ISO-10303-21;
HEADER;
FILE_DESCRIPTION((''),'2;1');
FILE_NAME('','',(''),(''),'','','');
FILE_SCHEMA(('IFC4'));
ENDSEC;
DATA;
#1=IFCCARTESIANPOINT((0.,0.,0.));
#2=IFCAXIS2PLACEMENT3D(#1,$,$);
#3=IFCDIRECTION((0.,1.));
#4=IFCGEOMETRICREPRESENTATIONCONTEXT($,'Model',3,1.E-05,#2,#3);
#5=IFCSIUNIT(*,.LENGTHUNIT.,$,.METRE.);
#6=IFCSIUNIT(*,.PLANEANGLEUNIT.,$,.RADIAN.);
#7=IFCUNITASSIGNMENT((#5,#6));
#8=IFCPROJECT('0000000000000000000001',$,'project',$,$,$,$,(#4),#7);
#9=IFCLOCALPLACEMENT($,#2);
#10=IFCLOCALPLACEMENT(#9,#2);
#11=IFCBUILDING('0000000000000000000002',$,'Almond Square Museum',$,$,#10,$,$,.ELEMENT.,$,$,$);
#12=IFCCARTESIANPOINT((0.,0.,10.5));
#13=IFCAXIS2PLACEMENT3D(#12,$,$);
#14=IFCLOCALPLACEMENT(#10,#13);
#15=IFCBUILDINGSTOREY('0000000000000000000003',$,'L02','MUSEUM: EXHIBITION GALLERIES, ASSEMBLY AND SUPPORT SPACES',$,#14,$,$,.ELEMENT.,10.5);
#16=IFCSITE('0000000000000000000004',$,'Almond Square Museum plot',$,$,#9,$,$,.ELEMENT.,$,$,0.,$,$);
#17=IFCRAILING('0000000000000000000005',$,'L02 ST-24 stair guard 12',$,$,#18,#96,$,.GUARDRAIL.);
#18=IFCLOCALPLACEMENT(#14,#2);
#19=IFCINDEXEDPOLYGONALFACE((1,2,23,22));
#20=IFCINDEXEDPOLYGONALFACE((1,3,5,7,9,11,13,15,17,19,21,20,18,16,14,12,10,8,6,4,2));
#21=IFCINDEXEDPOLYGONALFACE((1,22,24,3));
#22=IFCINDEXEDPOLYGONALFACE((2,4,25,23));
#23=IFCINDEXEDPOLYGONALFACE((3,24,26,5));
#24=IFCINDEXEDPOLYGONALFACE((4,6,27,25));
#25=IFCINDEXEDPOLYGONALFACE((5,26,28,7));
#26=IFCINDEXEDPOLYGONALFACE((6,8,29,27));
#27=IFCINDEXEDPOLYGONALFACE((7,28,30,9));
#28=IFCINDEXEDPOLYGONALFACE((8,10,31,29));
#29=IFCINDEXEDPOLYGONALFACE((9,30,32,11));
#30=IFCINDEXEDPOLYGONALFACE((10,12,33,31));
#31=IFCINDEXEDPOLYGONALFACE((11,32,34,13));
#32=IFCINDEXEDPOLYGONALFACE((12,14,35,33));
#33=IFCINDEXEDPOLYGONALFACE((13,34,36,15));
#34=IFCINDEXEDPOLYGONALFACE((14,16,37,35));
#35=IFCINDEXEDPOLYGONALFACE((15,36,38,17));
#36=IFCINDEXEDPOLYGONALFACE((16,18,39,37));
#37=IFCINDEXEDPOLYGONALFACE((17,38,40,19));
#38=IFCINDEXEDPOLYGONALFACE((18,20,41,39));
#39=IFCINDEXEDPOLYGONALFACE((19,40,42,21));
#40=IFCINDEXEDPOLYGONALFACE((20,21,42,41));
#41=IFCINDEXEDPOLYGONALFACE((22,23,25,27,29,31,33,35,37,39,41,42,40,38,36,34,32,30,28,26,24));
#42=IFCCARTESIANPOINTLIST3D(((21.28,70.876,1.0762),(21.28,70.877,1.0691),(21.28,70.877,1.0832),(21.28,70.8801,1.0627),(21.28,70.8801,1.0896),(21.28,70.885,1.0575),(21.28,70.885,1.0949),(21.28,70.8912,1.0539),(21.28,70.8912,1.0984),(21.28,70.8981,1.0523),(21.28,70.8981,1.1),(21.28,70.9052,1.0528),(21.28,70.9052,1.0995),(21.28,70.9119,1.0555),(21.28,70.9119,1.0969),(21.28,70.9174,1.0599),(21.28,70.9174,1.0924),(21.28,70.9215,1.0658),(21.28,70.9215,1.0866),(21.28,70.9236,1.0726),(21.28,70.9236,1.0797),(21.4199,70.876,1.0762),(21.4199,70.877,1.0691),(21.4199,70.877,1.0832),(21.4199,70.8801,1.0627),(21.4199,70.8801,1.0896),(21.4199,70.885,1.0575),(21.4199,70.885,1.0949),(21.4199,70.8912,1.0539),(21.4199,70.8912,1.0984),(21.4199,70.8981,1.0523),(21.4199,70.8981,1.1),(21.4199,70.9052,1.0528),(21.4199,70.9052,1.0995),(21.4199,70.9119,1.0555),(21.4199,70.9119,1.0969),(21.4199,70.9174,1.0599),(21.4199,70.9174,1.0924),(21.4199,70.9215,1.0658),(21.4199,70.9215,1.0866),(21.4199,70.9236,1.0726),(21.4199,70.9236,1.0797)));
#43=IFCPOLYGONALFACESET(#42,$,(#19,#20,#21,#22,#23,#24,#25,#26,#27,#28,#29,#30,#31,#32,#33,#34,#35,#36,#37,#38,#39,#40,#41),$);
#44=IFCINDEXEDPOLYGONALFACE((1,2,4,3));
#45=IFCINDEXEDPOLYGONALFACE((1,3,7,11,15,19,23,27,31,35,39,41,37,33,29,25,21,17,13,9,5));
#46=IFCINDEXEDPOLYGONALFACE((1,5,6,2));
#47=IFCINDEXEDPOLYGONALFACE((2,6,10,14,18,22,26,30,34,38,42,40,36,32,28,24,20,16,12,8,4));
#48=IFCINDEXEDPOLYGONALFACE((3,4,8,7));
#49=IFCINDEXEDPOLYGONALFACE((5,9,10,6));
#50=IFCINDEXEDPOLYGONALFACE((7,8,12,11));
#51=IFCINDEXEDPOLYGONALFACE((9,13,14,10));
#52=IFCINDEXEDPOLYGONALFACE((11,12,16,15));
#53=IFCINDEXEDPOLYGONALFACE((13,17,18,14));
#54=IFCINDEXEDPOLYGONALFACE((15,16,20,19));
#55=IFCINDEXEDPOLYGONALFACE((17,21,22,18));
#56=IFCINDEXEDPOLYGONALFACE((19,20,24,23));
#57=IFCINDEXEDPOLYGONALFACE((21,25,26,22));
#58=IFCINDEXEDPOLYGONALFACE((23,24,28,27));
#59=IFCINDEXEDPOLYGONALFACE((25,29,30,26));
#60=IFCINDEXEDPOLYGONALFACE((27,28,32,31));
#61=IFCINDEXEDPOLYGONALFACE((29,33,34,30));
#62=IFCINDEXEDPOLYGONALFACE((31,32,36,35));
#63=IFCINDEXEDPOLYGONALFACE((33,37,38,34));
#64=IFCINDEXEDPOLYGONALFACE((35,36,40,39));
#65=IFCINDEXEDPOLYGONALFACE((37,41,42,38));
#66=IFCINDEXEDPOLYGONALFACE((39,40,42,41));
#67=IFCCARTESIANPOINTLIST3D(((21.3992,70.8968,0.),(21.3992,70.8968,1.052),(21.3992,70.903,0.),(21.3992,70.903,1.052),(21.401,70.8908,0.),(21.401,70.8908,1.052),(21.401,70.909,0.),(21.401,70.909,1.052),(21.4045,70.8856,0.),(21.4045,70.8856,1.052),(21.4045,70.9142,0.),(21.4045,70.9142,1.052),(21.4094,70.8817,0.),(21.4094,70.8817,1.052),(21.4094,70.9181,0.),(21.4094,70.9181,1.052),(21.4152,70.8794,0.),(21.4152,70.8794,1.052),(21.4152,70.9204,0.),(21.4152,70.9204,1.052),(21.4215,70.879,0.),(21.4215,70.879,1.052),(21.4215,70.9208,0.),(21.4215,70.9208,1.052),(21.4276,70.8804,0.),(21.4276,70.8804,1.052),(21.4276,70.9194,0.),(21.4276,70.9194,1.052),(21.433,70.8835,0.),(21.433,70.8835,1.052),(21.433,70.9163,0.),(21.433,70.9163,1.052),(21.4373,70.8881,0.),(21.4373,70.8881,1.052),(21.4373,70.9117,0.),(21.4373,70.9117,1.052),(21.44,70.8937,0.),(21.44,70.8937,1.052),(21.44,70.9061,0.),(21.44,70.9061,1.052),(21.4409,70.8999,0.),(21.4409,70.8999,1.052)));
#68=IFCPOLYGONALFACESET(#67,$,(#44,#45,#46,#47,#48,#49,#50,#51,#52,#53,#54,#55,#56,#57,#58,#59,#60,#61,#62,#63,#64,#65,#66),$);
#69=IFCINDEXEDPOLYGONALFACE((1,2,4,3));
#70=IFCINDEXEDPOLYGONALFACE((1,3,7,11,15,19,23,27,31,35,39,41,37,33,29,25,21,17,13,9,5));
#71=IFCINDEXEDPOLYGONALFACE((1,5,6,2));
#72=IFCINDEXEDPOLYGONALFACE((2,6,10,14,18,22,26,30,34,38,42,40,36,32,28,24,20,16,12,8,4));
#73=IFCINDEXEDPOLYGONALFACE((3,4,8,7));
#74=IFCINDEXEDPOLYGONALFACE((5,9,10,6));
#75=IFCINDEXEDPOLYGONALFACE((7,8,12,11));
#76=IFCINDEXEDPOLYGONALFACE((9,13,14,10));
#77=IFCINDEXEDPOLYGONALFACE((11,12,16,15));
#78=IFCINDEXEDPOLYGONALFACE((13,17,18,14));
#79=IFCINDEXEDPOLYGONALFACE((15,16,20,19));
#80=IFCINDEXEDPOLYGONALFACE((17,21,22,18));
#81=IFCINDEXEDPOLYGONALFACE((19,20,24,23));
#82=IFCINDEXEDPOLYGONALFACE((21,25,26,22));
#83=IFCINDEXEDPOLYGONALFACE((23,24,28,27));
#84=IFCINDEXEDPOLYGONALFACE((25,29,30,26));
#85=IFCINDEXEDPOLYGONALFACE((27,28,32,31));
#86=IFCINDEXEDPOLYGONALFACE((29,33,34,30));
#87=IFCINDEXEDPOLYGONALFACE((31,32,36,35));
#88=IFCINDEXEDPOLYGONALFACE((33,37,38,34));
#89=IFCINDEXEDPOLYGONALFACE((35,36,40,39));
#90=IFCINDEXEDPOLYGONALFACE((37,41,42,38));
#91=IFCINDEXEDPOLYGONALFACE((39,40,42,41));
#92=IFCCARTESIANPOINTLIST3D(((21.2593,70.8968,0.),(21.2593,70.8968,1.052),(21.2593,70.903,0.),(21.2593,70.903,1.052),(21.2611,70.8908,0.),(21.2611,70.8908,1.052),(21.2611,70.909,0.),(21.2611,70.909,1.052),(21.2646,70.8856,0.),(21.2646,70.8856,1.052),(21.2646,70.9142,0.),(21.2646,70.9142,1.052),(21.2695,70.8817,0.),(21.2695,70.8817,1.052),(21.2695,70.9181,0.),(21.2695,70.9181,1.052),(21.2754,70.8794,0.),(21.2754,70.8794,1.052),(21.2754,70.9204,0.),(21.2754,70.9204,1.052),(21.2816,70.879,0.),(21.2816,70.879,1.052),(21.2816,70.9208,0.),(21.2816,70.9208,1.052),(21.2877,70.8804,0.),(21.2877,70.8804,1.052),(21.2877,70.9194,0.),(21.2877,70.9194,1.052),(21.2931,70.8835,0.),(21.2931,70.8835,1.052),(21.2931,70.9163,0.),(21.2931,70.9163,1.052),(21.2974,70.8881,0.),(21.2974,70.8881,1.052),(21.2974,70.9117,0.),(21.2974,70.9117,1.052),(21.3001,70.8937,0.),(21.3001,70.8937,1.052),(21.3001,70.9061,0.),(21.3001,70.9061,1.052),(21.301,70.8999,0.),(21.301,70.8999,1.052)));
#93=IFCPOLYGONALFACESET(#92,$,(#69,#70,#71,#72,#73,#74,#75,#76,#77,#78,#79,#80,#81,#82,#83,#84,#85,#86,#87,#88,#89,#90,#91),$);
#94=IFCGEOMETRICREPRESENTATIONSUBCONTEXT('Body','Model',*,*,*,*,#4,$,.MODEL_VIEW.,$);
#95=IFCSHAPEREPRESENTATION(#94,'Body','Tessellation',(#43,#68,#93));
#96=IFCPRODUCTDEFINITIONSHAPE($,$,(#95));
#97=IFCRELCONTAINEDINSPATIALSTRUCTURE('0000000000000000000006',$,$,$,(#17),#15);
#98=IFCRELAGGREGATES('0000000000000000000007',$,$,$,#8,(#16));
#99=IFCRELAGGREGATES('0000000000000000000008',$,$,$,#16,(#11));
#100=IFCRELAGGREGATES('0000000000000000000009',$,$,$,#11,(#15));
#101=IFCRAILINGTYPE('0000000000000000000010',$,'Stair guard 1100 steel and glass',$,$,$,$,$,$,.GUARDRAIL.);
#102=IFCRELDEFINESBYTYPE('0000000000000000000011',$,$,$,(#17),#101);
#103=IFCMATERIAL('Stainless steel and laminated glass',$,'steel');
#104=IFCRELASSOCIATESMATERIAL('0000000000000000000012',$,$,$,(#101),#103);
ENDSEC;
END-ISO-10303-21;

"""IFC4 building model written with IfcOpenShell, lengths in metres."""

from ifc_helpers import new_model, si_unit, direction, frame, origin, origin_2d, place, context, subcontext, project, spatial, circle, extrude, material, type_object, element, save


model = new_model("IFC4")

# Units and contexts
model_context = context("Model", 3, precision=1e-05, world=origin(), true_north=direction((0.0, 1.0)))
body_context = subcontext(model_context, "Body", "Model", "MODEL_VIEW")
ifc_project = project(units=[si_unit("LENGTHUNIT", "METRE"), si_unit("PLANEANGLEUNIT", "RADIAN")], contexts=[model_context])

# Site, building, storey
site_placement = place(None, origin())
site = spatial("IfcSite", under=ifc_project, at=site_placement, Name="Almond Square Museum plot", CompositionType="ELEMENT", RefElevation=0.0)
building_placement = place(site_placement, origin())
building = spatial("IfcBuilding", under=site, at=building_placement, Name="Almond Square Museum", CompositionType="ELEMENT")
storey_placement = place(building_placement, frame((0.0, 0.0, 10.5)))
storey = spatial("IfcBuildingStorey", under=building, at=storey_placement, Name="L02", Description="MUSEUM: EXHIBITION GALLERIES, ASSEMBLY AND SUPPORT SPACES", CompositionType="ELEMENT", Elevation=10.5)

# Railing
ifc_material_1 = material(Name="Stainless steel and laminated glass", Category="steel")
railing_type_1 = type_object("IfcRailingType", Name="Stair guard 1100 steel and glass", PredefinedType="GUARDRAIL", material=ifc_material_1)
railing_1_placement = place(storey_placement, frame((21.4199, 70.8999, 0.0)))
element("IfcRailing", 1, at=railing_1_placement, inside=storey, type_object=railing_type_1, Name="L02 ST-24 stair guard 12", PredefinedType="GUARDRAIL", context=body_context, shape_type="SweptSolid", body=[
    extrude(circle(Radius=0.0239, at=origin_2d()), frame((0.0, 0.0, 1.0762), z_axis=(-1.0, 0.0, 0.0), x_axis=(0.0, -1.0, 0.0)), (0.0, 0.0, 1.0), 0.1399),
    extrude(circle(Radius=0.021, at=origin_2d()), origin(), (0.0, 0.0, 1.0), 1.052),
    extrude(circle(Radius=0.021, at=origin_2d()), frame((-0.1399, 0.0, 0.0)), (0.0, 0.0, 1.0), 1.052),
])

save(model, "model.ifc")
